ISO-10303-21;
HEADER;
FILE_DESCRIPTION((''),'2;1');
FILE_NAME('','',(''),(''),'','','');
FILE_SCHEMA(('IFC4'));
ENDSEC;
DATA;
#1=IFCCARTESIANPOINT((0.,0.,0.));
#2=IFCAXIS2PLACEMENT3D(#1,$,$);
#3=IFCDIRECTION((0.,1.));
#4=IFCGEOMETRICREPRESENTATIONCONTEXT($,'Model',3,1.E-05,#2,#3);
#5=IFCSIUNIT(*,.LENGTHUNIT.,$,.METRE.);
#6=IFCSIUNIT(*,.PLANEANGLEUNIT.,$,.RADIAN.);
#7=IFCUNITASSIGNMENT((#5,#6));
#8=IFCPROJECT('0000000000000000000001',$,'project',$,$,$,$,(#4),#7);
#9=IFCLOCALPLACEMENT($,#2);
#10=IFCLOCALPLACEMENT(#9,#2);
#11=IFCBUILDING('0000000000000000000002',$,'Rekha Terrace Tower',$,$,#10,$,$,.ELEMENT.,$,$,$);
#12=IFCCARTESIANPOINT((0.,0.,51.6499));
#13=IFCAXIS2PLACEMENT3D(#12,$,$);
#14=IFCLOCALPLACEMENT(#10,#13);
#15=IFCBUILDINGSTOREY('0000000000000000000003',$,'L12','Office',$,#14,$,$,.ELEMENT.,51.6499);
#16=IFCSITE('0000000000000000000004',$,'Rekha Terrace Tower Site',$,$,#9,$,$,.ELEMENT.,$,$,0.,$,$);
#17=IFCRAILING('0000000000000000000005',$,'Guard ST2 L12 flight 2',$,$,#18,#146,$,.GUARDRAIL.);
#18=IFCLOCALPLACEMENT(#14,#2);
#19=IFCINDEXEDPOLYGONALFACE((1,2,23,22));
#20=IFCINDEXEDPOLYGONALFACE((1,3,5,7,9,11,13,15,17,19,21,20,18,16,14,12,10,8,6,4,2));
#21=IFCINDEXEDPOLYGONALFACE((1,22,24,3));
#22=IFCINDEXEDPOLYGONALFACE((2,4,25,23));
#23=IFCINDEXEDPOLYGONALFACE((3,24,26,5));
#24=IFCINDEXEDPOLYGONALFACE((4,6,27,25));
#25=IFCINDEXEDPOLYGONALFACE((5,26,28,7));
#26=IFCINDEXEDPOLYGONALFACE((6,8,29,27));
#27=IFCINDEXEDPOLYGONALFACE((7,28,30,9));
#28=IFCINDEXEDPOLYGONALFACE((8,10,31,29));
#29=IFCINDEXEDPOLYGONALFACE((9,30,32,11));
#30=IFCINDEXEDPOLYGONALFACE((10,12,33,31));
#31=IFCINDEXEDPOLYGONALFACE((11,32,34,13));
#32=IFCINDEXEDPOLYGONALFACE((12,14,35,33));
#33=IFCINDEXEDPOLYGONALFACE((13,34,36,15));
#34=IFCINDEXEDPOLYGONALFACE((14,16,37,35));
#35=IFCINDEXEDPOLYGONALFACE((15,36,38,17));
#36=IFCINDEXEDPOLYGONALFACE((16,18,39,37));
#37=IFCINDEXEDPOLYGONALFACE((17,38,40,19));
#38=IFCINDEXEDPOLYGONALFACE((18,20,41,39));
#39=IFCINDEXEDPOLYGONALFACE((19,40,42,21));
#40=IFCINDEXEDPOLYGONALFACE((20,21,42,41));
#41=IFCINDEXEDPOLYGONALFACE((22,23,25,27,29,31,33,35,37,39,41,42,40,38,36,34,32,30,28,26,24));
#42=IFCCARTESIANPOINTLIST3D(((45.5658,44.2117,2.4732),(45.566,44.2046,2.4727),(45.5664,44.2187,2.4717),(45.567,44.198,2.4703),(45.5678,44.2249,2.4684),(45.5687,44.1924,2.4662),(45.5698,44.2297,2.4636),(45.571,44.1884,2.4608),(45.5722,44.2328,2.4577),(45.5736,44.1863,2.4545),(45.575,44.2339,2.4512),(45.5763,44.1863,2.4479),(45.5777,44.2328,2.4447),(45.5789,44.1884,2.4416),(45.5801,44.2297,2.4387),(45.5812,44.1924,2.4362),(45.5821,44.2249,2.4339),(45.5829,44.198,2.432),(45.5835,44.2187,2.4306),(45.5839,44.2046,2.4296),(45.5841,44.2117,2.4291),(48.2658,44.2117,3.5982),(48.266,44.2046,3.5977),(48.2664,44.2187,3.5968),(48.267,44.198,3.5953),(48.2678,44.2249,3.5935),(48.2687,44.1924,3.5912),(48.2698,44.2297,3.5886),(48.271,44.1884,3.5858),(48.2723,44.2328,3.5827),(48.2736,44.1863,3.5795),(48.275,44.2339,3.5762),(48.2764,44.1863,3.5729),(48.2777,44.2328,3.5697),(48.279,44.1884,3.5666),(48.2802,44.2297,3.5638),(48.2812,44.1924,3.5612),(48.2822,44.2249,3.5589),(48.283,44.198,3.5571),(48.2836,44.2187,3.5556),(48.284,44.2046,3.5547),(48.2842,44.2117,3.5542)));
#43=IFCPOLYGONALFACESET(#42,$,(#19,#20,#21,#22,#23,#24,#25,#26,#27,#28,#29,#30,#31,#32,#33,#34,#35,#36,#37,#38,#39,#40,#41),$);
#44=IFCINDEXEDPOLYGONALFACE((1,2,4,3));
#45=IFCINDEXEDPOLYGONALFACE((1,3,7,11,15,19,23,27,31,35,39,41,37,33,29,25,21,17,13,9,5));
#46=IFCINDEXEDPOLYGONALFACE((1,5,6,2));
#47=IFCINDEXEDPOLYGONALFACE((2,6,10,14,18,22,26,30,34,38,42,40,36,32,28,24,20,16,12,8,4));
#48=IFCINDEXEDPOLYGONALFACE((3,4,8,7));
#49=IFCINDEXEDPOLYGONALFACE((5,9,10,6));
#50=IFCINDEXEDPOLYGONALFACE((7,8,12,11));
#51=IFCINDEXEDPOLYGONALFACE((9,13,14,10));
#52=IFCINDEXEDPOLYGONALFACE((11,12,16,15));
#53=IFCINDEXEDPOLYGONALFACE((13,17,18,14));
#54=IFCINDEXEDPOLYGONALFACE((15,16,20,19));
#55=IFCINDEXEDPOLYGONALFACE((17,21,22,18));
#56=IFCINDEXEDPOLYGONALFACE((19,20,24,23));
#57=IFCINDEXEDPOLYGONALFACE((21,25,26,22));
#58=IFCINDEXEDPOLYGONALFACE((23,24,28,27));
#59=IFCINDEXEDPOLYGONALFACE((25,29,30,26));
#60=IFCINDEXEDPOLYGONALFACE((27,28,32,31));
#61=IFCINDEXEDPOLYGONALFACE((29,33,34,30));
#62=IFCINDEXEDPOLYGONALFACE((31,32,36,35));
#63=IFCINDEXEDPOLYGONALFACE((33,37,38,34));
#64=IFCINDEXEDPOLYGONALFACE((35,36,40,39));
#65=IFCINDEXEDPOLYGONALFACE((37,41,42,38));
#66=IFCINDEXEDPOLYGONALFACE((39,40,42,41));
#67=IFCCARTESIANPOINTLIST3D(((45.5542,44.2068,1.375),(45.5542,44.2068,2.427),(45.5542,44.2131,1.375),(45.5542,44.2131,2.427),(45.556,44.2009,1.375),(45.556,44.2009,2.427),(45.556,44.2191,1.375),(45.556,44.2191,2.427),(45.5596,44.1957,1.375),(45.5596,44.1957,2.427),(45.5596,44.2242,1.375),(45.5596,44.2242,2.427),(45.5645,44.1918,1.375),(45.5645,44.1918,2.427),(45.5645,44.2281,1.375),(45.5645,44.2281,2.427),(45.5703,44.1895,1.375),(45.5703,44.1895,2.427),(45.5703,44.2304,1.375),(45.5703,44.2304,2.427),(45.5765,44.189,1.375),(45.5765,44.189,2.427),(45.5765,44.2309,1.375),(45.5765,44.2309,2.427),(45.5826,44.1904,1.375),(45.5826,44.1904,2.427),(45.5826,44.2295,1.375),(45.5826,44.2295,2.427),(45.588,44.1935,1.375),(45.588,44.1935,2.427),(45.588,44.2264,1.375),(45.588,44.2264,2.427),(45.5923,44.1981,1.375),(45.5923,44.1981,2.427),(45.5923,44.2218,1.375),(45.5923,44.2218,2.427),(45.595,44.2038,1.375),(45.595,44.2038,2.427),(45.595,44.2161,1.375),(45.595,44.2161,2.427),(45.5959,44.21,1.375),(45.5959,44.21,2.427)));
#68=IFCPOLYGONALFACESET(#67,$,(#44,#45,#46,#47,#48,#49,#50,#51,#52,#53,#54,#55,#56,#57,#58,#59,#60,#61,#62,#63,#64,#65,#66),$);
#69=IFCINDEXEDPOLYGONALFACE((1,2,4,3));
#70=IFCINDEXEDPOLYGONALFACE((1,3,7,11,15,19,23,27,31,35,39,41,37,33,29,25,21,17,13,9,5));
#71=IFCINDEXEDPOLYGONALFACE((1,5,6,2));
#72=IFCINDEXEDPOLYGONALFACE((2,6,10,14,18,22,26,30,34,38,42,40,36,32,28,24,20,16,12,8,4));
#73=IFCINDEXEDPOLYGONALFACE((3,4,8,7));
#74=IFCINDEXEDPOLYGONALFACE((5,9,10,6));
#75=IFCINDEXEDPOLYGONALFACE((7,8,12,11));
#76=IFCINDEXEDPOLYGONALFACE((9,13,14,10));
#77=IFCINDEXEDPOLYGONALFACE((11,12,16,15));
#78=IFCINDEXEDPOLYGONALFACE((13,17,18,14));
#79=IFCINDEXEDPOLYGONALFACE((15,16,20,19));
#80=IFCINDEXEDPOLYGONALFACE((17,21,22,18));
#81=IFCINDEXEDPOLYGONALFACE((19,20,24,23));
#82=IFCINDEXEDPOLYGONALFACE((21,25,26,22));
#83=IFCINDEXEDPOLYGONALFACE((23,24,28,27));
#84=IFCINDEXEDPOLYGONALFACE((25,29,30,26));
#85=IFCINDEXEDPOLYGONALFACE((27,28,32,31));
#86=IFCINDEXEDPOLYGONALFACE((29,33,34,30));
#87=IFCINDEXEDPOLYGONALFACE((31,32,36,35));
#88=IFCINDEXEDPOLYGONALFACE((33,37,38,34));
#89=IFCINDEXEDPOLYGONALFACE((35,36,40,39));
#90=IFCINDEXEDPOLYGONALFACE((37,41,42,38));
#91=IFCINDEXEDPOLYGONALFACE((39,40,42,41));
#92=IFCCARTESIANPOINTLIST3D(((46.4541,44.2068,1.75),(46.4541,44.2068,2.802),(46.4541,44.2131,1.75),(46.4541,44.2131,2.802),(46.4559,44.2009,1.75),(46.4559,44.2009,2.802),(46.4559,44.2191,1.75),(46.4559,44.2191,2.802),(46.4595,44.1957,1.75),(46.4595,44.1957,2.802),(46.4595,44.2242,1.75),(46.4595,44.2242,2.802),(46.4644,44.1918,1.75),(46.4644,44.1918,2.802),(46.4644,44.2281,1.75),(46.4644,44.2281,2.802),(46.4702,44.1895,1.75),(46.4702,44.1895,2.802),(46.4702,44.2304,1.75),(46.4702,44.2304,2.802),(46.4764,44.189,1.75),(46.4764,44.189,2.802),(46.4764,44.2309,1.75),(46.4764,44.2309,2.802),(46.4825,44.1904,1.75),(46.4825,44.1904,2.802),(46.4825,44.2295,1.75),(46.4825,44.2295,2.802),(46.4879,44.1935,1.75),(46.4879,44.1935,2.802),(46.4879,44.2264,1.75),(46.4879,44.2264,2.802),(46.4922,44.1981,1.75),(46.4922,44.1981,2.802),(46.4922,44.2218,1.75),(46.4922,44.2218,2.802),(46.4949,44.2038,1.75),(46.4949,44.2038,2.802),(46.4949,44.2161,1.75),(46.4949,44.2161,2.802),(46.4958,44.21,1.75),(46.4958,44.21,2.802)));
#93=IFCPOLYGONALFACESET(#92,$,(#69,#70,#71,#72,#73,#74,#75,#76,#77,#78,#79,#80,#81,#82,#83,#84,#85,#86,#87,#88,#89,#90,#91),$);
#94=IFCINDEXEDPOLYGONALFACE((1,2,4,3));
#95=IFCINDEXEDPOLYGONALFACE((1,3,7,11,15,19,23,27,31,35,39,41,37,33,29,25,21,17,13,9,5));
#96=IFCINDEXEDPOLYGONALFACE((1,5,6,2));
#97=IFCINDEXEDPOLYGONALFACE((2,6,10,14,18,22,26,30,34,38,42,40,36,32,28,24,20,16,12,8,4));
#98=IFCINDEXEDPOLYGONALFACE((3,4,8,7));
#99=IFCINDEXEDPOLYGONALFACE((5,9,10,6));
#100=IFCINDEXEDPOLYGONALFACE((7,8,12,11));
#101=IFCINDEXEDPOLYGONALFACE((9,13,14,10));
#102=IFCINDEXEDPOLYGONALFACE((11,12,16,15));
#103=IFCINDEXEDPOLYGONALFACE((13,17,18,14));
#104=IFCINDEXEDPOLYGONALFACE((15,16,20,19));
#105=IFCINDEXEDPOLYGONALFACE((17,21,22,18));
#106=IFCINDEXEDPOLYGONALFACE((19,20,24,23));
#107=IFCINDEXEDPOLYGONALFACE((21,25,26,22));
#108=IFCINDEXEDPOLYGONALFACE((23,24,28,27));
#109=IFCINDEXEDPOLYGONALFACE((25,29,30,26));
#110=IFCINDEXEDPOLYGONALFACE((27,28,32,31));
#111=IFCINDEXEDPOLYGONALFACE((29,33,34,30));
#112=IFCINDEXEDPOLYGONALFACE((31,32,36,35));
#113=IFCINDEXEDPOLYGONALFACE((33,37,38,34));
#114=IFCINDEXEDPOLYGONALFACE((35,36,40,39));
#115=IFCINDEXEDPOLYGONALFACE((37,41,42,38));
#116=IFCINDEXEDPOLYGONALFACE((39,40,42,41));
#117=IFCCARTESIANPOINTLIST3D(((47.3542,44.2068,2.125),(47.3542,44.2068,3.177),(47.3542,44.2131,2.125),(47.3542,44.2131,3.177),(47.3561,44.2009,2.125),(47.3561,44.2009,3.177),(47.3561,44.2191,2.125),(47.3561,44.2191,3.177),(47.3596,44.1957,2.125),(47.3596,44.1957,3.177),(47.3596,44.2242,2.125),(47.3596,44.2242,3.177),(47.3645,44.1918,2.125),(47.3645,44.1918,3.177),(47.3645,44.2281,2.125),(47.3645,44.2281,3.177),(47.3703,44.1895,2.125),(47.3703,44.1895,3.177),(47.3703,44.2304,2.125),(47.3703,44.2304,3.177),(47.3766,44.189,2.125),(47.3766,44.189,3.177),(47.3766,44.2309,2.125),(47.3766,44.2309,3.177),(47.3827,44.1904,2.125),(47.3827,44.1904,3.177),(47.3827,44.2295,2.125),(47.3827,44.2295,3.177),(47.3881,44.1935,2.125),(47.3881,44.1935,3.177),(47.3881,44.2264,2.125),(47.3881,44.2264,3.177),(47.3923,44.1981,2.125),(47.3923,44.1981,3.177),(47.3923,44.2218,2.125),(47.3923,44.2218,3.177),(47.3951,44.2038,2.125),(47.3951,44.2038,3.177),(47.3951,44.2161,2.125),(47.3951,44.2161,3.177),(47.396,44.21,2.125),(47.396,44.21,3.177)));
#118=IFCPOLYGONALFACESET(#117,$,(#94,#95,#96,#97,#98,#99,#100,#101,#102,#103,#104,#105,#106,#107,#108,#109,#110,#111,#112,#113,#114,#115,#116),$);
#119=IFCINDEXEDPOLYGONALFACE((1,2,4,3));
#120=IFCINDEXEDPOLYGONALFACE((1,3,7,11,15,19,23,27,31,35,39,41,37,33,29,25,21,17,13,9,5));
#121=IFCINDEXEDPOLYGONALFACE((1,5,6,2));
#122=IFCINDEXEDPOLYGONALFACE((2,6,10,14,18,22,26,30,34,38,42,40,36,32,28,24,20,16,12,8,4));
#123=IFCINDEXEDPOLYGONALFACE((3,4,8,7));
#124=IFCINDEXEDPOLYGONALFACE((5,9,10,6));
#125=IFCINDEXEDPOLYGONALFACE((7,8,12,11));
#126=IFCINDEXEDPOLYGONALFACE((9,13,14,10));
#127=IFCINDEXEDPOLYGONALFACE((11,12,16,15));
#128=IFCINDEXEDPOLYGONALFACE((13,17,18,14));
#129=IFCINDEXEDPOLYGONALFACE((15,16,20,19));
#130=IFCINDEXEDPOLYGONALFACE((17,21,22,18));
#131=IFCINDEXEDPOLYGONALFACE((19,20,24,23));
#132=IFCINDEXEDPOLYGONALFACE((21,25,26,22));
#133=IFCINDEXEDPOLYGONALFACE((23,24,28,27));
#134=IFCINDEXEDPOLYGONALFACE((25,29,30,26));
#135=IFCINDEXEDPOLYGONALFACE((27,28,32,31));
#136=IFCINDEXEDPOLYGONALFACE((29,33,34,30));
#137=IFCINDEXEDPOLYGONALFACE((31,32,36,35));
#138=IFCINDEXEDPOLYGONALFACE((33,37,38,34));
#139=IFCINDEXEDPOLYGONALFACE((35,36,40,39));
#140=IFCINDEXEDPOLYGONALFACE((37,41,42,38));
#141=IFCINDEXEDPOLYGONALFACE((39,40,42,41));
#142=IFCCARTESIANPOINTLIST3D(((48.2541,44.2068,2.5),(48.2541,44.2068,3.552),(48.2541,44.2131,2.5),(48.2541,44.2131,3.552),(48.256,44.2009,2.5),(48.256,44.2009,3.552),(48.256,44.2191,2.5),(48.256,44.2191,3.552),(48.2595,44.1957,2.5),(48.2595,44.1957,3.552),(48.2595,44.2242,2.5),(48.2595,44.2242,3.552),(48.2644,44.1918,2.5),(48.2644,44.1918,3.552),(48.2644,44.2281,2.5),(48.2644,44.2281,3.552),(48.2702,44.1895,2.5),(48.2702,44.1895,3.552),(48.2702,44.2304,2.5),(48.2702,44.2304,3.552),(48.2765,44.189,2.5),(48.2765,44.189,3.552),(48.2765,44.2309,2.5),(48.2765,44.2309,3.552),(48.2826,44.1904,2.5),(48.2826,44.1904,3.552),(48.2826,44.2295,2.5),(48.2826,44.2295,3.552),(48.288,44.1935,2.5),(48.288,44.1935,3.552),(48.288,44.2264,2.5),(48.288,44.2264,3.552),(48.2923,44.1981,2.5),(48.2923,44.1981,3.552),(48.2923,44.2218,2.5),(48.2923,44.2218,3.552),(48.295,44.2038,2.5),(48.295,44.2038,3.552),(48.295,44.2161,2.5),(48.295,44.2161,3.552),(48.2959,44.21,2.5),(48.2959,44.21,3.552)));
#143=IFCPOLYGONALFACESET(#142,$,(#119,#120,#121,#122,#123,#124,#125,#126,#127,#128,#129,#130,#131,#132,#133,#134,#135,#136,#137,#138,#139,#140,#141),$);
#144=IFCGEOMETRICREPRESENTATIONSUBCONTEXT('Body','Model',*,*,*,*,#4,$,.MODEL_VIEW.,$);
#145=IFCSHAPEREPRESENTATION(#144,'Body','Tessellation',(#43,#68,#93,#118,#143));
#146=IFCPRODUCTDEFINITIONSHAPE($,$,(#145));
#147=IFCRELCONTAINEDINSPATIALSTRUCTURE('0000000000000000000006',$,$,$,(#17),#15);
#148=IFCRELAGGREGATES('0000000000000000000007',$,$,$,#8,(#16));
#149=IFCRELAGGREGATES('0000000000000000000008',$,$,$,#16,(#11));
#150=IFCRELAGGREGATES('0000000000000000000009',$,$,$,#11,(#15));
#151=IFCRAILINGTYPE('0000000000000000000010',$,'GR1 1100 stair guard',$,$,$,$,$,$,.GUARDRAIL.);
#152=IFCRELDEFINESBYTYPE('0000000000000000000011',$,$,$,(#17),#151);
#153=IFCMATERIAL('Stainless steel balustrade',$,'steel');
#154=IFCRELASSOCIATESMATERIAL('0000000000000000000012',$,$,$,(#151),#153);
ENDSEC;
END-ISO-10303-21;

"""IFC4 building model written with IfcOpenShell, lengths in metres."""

from ifc_helpers import new_model, si_unit, direction, frame, origin, origin_2d, place, context, subcontext, project, spatial, circle, extrude, material, type_object, element, save


model = new_model("IFC4")

# Units and contexts
model_context = context("Model", 3, precision=1e-05, world=origin(), true_north=direction((0.0, 1.0)))
body_context = subcontext(model_context, "Body", "Model", "MODEL_VIEW")
ifc_project = project(units=[si_unit("LENGTHUNIT", "METRE"), si_unit("PLANEANGLEUNIT", "RADIAN")], contexts=[model_context])

# Site, building, storey
site_placement = place(None, origin())
site = spatial("IfcSite", under=ifc_project, at=site_placement, Name="Rekha Terrace Tower Site", CompositionType="ELEMENT", RefElevation=0.0)
building_placement = place(site_placement, origin())
building = spatial("IfcBuilding", under=site, at=building_placement, Name="Rekha Terrace Tower", CompositionType="ELEMENT")
storey_placement = place(building_placement, frame((0.0, 0.0, 51.6499)))
storey = spatial("IfcBuildingStorey", under=building, at=storey_placement, Name="L12", Description="Office", CompositionType="ELEMENT", Elevation=51.6499)

# Railing
ifc_material_1 = material(Name="Stainless steel balustrade", Category="steel")
railing_type_1 = type_object("IfcRailingType", Name="GR1 1100 stair guard", PredefinedType="GUARDRAIL", material=ifc_material_1)
railing_1_placement = place(storey_placement, frame((45.575, 44.21, 1.375)))
element("IfcRailing", 1, at=railing_1_placement, inside=storey, type_object=railing_type_1, Name="Guard ST2 L12 flight 2", PredefinedType="GUARDRAIL", context=body_context, shape_type="SweptSolid", body=[
    extrude(circle(Radius=0.0239, at=origin_2d()), frame((0.0, 0.0, 1.0762), z_axis=(0.923074, 0.0, 0.384621), x_axis=(0.0, 1.0, 0.0)), (0.0, 0.0, 1.0), 2.925),
    extrude(circle(Radius=0.021, at=origin_2d()), origin(), (0.0, 0.0, 1.0), 1.052),
    extrude(circle(Radius=0.021, at=origin_2d()), frame((0.8999, 0.0, 0.375)), (0.0, 0.0, 1.0), 1.052),
    extrude(circle(Radius=0.021, at=origin_2d()), frame((1.8, 0.0, 0.75)), (0.0, 0.0, 1.0), 1.052),
    extrude(circle(Radius=0.021, at=origin_2d()), frame((2.7, 0.0, 1.125)), (0.0, 0.0, 1.0), 1.052),
])

save(model, "model.ifc")
